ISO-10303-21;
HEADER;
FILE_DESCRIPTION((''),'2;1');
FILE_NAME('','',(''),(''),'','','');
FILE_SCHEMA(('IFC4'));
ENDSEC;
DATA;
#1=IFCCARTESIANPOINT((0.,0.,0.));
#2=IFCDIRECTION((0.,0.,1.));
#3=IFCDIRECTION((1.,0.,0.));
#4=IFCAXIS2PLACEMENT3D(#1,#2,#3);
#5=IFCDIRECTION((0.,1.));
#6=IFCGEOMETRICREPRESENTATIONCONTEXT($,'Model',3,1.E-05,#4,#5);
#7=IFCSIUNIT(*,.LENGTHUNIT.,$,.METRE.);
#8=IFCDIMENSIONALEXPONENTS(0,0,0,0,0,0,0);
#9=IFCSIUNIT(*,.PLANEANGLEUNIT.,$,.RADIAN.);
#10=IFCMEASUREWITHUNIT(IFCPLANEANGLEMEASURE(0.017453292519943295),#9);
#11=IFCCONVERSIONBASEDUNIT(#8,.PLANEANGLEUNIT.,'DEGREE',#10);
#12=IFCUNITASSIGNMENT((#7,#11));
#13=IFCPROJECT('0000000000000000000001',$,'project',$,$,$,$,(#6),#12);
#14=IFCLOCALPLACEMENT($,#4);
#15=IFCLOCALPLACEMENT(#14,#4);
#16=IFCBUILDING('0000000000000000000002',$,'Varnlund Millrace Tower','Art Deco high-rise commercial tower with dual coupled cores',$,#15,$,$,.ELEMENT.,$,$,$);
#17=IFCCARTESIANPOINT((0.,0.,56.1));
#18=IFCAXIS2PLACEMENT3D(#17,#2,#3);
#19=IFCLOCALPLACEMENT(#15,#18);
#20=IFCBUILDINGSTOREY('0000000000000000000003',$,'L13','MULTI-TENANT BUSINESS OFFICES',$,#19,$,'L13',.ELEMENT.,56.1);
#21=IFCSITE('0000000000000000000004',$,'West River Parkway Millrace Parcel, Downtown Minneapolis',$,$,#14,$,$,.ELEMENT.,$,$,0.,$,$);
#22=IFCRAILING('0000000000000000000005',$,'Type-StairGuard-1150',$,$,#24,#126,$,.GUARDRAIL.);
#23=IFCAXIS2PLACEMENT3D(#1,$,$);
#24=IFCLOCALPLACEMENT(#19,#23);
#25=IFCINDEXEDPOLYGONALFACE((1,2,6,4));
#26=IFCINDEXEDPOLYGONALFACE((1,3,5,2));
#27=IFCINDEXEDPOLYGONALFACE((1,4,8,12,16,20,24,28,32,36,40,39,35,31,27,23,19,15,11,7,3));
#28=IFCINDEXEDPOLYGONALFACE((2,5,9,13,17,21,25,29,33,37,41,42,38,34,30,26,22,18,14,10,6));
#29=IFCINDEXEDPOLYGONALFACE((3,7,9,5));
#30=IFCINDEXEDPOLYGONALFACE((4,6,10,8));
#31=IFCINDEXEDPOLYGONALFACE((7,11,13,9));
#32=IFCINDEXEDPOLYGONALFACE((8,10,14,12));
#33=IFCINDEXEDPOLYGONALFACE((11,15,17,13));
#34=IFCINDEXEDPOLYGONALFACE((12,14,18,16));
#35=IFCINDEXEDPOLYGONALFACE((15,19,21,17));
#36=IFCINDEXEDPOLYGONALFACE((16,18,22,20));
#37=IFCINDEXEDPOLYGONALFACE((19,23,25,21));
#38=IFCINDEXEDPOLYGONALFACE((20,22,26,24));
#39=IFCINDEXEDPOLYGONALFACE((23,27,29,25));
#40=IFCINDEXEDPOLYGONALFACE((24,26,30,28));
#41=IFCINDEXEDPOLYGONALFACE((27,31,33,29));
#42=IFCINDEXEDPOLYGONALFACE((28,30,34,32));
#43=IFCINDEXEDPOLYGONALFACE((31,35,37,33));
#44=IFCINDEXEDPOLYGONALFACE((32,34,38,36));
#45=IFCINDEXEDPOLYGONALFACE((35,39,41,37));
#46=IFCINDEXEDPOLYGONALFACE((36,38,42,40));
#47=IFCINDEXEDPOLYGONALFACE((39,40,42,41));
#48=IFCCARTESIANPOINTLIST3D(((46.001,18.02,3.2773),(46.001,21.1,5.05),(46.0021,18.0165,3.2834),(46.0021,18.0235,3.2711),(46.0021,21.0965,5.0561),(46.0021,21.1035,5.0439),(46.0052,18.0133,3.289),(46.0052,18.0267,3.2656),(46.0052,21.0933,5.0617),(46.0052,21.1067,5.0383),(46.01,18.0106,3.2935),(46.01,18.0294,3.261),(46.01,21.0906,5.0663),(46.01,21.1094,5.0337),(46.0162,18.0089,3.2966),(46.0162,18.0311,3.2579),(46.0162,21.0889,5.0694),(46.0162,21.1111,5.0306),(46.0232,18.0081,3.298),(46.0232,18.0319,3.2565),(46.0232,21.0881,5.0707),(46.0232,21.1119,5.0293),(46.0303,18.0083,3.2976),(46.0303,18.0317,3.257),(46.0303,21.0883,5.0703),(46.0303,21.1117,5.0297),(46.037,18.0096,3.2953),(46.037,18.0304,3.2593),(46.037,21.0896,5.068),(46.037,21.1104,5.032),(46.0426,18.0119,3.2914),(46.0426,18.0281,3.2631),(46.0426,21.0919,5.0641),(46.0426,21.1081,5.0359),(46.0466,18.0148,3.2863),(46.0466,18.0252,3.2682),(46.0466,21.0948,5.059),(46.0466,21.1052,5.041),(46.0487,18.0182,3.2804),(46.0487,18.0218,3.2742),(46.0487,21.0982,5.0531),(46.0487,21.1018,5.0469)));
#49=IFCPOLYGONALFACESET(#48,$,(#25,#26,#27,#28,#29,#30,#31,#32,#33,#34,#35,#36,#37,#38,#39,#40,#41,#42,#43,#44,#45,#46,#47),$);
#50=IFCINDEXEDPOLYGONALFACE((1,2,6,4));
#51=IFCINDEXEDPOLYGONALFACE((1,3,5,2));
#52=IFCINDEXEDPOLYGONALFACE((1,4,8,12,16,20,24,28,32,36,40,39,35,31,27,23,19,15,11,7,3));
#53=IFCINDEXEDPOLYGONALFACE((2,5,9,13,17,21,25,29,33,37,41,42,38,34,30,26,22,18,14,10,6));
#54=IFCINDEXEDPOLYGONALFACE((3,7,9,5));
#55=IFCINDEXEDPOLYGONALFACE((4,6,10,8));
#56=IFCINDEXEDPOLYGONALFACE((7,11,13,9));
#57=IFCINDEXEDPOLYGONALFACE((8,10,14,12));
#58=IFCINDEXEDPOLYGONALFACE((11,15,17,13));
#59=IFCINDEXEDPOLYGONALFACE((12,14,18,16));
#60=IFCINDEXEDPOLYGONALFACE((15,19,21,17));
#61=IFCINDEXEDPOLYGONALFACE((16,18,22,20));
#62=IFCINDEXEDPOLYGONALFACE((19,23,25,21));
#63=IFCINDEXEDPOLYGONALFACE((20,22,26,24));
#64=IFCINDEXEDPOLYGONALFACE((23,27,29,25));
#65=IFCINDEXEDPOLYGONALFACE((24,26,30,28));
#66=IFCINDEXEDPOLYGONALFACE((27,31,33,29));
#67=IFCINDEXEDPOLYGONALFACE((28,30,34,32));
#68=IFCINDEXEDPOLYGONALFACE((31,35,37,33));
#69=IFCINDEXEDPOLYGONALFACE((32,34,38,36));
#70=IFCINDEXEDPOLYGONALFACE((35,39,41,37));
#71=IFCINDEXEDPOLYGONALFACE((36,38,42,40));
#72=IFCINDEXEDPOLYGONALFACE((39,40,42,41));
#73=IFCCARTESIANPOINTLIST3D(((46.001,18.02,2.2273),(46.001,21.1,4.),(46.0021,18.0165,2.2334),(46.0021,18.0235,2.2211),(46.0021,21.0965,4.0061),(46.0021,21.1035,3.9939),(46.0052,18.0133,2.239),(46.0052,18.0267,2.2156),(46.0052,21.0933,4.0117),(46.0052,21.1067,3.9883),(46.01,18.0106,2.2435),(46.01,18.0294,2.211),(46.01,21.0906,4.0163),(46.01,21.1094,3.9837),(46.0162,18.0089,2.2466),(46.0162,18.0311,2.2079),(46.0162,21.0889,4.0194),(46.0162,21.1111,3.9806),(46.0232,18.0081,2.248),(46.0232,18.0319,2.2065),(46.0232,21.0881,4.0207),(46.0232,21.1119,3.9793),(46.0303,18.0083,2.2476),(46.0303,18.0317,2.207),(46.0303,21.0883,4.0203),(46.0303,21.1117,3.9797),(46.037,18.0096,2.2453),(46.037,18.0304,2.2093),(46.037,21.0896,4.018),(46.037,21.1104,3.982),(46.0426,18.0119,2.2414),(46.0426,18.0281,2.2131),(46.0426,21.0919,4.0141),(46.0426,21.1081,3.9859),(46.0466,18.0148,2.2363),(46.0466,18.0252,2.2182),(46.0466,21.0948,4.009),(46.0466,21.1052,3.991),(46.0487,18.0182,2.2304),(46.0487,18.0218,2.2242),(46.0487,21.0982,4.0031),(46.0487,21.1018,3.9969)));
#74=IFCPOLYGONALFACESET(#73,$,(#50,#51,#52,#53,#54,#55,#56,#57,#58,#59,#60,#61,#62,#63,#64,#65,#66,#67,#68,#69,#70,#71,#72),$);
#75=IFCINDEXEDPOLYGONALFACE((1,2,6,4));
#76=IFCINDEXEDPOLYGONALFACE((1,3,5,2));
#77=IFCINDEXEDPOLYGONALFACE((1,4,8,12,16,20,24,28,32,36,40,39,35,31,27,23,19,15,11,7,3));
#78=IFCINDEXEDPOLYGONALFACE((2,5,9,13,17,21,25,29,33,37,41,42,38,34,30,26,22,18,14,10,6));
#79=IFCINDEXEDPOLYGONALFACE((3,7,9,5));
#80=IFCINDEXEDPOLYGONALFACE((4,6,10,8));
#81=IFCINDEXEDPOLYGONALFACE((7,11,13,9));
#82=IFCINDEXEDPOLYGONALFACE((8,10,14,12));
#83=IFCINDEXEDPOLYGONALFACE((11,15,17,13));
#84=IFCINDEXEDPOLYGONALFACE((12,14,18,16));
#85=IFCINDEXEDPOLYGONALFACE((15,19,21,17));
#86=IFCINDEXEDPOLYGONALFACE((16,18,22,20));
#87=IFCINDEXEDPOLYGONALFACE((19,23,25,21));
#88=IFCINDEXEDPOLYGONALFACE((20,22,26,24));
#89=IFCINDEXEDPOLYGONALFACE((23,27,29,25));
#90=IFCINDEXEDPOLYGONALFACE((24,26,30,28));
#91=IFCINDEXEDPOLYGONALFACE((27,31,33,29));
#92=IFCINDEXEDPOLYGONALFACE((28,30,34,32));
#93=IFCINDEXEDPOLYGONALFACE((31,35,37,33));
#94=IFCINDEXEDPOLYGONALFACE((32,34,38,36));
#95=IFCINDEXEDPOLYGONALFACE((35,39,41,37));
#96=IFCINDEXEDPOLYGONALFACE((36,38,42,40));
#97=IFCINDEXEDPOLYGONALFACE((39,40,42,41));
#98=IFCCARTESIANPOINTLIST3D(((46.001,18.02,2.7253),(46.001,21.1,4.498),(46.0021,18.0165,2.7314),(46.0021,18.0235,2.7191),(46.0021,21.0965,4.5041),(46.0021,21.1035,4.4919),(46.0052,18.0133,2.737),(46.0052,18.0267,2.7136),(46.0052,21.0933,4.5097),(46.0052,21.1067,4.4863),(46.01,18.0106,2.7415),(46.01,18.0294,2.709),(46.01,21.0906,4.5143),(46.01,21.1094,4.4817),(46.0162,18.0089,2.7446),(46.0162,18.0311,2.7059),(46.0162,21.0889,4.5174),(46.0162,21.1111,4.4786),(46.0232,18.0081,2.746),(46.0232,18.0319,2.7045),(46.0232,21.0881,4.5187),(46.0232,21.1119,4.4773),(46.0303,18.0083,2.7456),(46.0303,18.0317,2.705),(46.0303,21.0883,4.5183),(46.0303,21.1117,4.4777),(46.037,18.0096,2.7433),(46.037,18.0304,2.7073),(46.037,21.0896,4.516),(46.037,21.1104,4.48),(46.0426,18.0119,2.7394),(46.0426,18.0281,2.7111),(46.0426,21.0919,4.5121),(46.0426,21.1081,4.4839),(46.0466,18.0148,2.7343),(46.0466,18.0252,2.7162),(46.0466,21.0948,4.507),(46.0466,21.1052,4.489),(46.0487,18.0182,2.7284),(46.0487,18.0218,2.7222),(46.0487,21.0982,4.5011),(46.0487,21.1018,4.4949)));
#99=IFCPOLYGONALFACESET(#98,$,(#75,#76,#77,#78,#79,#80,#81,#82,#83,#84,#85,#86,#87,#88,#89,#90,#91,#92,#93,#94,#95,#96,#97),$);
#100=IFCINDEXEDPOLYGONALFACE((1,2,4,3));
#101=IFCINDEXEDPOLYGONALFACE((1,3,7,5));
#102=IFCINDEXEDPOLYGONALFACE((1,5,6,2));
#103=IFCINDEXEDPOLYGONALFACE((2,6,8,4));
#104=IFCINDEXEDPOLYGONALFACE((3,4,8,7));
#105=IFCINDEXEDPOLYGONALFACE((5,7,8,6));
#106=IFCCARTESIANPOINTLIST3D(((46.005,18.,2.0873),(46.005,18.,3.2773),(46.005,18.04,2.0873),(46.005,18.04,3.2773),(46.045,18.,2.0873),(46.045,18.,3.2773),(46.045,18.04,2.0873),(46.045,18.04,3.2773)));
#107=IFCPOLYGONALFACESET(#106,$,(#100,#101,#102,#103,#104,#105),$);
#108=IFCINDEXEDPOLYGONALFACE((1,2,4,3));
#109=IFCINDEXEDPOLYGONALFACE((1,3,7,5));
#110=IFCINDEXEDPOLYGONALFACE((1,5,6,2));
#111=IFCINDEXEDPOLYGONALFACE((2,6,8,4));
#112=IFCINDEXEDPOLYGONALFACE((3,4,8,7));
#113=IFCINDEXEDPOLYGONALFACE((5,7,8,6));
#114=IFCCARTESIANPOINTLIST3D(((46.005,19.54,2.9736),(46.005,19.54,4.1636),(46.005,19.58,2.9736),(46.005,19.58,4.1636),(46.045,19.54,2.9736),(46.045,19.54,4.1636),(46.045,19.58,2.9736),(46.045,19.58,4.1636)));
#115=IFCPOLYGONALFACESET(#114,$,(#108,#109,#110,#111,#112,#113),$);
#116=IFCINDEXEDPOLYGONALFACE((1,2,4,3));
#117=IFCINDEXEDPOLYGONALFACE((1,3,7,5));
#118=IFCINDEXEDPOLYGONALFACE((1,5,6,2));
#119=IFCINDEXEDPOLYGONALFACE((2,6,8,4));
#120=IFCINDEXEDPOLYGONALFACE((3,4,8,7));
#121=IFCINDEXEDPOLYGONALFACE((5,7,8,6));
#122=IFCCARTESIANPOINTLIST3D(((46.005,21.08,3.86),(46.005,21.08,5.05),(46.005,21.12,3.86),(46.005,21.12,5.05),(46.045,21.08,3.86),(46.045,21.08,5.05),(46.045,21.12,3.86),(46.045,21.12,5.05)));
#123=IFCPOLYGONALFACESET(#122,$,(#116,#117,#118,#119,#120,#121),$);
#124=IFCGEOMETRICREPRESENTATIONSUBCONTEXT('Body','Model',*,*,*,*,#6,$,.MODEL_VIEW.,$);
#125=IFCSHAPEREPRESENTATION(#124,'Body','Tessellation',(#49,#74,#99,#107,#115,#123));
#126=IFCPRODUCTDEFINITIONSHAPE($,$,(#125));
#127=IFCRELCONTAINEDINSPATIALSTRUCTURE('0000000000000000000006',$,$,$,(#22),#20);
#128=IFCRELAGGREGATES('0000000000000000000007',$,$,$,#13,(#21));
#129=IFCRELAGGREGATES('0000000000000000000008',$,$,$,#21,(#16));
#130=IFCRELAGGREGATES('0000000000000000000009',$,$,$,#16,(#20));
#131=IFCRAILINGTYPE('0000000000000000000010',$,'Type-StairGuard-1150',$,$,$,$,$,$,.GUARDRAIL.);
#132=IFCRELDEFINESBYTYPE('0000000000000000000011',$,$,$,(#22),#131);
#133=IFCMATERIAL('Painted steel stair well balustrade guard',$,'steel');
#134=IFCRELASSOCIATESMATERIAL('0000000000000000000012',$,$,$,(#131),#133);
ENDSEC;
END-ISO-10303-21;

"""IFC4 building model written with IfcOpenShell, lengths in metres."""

from ifc_helpers import new_model, entity, si_unit, converted_unit, direction, frame, origin_with_axes, origin_2d_with_axis, place, context, subcontext, project, spatial, rectangle, circle, extrude, material, type_object, element, save


model = new_model("IFC4")

# Units and contexts
model_context = context("Model", 3, precision=1e-05, world=origin_with_axes(), true_north=direction((0.0, 1.0)))
body_context = subcontext(model_context, "Body", "Model", "MODEL_VIEW")
ifc_project = project(units=[si_unit("LENGTHUNIT", "METRE"), converted_unit("PLANEANGLEUNIT", "DEGREE", entity("IfcPlaneAngleMeasure", 0.017453292519943295), si_unit("PLANEANGLEUNIT", "RADIAN"), dimensions=[0, 0, 0, 0, 0, 0, 0])], contexts=[model_context])

# Site, building, storey
site_placement = place(None, origin_with_axes())
site = spatial("IfcSite", under=ifc_project, at=site_placement, Name="West River Parkway Millrace Parcel, Downtown Minneapolis", CompositionType="ELEMENT", RefElevation=0.0)
building_placement = place(site_placement, origin_with_axes())
building = spatial("IfcBuilding", under=site, at=building_placement, Name="Varnlund Millrace Tower", Description="Art Deco high-rise commercial tower with dual coupled cores", CompositionType="ELEMENT")
storey_placement = place(building_placement, frame((0.0, 0.0, 56.1), z_axis=(0.0, 0.0, 1.0), x_axis=(1.0, 0.0, 0.0)))
storey = spatial("IfcBuildingStorey", under=building, at=storey_placement, Name="L13", Description="MULTI-TENANT BUSINESS OFFICES", LongName="L13", CompositionType="ELEMENT", Elevation=56.1)

# Railing
ifc_material_1 = material(Name="Painted steel stair well balustrade guard", Category="steel")
railing_type_1 = type_object("IfcRailingType", Name="Type-StairGuard-1150", PredefinedType="GUARDRAIL", material=ifc_material_1)
railing_1_placement = place(storey_placement, frame((0.0, 0.0, -56.1), z_axis=(0.0, 0.0, 1.0), x_axis=(1.0, 0.0, 0.0)))
element("IfcRailing", 1, at=railing_1_placement, inside=storey, type_object=railing_type_1, Name="Type-StairGuard-1150", PredefinedType="GUARDRAIL", context=body_context, shape_type="SweptSolid", body=[
    extrude(circle(Radius=0.024, at=origin_2d_with_axis()), frame((46.025, 18.02, 59.3773), z_axis=(0.0, 0.866696, 0.498836), x_axis=(-1.0, 0.0, 0.0)), (0.0, 0.0, 1.0), 3.5537),
    extrude(circle(Radius=0.024, at=origin_2d_with_axis()), frame((46.025, 18.02, 58.3273), z_axis=(0.0, 0.866696, 0.498836), x_axis=(-1.0, 0.0, 0.0)), (0.0, 0.0, 1.0), 3.5537),
    extrude(circle(Radius=0.024, at=origin_2d_with_axis()), frame((46.025, 18.02, 58.8253), z_axis=(0.0, 0.866696, 0.498836), x_axis=(-1.0, 0.0, 0.0)), (0.0, 0.0, 1.0), 3.5537),
    extrude(rectangle(XDim=0.04, YDim=0.04, at=origin_2d_with_axis()), frame((46.025, 18.02, 58.1873), z_axis=(0.0, 0.0, 1.0), x_axis=(1.0, 0.0, 0.0)), (0.0, 0.0, 1.0), 1.19),
    extrude(rectangle(XDim=0.04, YDim=0.04, at=origin_2d_with_axis()), frame((46.025, 19.56, 59.0736), z_axis=(0.0, 0.0, 1.0), x_axis=(1.0, 0.0, 0.0)), (0.0, 0.0, 1.0), 1.19),
    extrude(rectangle(XDim=0.04, YDim=0.04, at=origin_2d_with_axis()), frame((46.025, 21.1, 59.96), z_axis=(0.0, 0.0, 1.0), x_axis=(1.0, 0.0, 0.0)), (0.0, 0.0, 1.0), 1.19),
])

save(model, "model.ifc")
